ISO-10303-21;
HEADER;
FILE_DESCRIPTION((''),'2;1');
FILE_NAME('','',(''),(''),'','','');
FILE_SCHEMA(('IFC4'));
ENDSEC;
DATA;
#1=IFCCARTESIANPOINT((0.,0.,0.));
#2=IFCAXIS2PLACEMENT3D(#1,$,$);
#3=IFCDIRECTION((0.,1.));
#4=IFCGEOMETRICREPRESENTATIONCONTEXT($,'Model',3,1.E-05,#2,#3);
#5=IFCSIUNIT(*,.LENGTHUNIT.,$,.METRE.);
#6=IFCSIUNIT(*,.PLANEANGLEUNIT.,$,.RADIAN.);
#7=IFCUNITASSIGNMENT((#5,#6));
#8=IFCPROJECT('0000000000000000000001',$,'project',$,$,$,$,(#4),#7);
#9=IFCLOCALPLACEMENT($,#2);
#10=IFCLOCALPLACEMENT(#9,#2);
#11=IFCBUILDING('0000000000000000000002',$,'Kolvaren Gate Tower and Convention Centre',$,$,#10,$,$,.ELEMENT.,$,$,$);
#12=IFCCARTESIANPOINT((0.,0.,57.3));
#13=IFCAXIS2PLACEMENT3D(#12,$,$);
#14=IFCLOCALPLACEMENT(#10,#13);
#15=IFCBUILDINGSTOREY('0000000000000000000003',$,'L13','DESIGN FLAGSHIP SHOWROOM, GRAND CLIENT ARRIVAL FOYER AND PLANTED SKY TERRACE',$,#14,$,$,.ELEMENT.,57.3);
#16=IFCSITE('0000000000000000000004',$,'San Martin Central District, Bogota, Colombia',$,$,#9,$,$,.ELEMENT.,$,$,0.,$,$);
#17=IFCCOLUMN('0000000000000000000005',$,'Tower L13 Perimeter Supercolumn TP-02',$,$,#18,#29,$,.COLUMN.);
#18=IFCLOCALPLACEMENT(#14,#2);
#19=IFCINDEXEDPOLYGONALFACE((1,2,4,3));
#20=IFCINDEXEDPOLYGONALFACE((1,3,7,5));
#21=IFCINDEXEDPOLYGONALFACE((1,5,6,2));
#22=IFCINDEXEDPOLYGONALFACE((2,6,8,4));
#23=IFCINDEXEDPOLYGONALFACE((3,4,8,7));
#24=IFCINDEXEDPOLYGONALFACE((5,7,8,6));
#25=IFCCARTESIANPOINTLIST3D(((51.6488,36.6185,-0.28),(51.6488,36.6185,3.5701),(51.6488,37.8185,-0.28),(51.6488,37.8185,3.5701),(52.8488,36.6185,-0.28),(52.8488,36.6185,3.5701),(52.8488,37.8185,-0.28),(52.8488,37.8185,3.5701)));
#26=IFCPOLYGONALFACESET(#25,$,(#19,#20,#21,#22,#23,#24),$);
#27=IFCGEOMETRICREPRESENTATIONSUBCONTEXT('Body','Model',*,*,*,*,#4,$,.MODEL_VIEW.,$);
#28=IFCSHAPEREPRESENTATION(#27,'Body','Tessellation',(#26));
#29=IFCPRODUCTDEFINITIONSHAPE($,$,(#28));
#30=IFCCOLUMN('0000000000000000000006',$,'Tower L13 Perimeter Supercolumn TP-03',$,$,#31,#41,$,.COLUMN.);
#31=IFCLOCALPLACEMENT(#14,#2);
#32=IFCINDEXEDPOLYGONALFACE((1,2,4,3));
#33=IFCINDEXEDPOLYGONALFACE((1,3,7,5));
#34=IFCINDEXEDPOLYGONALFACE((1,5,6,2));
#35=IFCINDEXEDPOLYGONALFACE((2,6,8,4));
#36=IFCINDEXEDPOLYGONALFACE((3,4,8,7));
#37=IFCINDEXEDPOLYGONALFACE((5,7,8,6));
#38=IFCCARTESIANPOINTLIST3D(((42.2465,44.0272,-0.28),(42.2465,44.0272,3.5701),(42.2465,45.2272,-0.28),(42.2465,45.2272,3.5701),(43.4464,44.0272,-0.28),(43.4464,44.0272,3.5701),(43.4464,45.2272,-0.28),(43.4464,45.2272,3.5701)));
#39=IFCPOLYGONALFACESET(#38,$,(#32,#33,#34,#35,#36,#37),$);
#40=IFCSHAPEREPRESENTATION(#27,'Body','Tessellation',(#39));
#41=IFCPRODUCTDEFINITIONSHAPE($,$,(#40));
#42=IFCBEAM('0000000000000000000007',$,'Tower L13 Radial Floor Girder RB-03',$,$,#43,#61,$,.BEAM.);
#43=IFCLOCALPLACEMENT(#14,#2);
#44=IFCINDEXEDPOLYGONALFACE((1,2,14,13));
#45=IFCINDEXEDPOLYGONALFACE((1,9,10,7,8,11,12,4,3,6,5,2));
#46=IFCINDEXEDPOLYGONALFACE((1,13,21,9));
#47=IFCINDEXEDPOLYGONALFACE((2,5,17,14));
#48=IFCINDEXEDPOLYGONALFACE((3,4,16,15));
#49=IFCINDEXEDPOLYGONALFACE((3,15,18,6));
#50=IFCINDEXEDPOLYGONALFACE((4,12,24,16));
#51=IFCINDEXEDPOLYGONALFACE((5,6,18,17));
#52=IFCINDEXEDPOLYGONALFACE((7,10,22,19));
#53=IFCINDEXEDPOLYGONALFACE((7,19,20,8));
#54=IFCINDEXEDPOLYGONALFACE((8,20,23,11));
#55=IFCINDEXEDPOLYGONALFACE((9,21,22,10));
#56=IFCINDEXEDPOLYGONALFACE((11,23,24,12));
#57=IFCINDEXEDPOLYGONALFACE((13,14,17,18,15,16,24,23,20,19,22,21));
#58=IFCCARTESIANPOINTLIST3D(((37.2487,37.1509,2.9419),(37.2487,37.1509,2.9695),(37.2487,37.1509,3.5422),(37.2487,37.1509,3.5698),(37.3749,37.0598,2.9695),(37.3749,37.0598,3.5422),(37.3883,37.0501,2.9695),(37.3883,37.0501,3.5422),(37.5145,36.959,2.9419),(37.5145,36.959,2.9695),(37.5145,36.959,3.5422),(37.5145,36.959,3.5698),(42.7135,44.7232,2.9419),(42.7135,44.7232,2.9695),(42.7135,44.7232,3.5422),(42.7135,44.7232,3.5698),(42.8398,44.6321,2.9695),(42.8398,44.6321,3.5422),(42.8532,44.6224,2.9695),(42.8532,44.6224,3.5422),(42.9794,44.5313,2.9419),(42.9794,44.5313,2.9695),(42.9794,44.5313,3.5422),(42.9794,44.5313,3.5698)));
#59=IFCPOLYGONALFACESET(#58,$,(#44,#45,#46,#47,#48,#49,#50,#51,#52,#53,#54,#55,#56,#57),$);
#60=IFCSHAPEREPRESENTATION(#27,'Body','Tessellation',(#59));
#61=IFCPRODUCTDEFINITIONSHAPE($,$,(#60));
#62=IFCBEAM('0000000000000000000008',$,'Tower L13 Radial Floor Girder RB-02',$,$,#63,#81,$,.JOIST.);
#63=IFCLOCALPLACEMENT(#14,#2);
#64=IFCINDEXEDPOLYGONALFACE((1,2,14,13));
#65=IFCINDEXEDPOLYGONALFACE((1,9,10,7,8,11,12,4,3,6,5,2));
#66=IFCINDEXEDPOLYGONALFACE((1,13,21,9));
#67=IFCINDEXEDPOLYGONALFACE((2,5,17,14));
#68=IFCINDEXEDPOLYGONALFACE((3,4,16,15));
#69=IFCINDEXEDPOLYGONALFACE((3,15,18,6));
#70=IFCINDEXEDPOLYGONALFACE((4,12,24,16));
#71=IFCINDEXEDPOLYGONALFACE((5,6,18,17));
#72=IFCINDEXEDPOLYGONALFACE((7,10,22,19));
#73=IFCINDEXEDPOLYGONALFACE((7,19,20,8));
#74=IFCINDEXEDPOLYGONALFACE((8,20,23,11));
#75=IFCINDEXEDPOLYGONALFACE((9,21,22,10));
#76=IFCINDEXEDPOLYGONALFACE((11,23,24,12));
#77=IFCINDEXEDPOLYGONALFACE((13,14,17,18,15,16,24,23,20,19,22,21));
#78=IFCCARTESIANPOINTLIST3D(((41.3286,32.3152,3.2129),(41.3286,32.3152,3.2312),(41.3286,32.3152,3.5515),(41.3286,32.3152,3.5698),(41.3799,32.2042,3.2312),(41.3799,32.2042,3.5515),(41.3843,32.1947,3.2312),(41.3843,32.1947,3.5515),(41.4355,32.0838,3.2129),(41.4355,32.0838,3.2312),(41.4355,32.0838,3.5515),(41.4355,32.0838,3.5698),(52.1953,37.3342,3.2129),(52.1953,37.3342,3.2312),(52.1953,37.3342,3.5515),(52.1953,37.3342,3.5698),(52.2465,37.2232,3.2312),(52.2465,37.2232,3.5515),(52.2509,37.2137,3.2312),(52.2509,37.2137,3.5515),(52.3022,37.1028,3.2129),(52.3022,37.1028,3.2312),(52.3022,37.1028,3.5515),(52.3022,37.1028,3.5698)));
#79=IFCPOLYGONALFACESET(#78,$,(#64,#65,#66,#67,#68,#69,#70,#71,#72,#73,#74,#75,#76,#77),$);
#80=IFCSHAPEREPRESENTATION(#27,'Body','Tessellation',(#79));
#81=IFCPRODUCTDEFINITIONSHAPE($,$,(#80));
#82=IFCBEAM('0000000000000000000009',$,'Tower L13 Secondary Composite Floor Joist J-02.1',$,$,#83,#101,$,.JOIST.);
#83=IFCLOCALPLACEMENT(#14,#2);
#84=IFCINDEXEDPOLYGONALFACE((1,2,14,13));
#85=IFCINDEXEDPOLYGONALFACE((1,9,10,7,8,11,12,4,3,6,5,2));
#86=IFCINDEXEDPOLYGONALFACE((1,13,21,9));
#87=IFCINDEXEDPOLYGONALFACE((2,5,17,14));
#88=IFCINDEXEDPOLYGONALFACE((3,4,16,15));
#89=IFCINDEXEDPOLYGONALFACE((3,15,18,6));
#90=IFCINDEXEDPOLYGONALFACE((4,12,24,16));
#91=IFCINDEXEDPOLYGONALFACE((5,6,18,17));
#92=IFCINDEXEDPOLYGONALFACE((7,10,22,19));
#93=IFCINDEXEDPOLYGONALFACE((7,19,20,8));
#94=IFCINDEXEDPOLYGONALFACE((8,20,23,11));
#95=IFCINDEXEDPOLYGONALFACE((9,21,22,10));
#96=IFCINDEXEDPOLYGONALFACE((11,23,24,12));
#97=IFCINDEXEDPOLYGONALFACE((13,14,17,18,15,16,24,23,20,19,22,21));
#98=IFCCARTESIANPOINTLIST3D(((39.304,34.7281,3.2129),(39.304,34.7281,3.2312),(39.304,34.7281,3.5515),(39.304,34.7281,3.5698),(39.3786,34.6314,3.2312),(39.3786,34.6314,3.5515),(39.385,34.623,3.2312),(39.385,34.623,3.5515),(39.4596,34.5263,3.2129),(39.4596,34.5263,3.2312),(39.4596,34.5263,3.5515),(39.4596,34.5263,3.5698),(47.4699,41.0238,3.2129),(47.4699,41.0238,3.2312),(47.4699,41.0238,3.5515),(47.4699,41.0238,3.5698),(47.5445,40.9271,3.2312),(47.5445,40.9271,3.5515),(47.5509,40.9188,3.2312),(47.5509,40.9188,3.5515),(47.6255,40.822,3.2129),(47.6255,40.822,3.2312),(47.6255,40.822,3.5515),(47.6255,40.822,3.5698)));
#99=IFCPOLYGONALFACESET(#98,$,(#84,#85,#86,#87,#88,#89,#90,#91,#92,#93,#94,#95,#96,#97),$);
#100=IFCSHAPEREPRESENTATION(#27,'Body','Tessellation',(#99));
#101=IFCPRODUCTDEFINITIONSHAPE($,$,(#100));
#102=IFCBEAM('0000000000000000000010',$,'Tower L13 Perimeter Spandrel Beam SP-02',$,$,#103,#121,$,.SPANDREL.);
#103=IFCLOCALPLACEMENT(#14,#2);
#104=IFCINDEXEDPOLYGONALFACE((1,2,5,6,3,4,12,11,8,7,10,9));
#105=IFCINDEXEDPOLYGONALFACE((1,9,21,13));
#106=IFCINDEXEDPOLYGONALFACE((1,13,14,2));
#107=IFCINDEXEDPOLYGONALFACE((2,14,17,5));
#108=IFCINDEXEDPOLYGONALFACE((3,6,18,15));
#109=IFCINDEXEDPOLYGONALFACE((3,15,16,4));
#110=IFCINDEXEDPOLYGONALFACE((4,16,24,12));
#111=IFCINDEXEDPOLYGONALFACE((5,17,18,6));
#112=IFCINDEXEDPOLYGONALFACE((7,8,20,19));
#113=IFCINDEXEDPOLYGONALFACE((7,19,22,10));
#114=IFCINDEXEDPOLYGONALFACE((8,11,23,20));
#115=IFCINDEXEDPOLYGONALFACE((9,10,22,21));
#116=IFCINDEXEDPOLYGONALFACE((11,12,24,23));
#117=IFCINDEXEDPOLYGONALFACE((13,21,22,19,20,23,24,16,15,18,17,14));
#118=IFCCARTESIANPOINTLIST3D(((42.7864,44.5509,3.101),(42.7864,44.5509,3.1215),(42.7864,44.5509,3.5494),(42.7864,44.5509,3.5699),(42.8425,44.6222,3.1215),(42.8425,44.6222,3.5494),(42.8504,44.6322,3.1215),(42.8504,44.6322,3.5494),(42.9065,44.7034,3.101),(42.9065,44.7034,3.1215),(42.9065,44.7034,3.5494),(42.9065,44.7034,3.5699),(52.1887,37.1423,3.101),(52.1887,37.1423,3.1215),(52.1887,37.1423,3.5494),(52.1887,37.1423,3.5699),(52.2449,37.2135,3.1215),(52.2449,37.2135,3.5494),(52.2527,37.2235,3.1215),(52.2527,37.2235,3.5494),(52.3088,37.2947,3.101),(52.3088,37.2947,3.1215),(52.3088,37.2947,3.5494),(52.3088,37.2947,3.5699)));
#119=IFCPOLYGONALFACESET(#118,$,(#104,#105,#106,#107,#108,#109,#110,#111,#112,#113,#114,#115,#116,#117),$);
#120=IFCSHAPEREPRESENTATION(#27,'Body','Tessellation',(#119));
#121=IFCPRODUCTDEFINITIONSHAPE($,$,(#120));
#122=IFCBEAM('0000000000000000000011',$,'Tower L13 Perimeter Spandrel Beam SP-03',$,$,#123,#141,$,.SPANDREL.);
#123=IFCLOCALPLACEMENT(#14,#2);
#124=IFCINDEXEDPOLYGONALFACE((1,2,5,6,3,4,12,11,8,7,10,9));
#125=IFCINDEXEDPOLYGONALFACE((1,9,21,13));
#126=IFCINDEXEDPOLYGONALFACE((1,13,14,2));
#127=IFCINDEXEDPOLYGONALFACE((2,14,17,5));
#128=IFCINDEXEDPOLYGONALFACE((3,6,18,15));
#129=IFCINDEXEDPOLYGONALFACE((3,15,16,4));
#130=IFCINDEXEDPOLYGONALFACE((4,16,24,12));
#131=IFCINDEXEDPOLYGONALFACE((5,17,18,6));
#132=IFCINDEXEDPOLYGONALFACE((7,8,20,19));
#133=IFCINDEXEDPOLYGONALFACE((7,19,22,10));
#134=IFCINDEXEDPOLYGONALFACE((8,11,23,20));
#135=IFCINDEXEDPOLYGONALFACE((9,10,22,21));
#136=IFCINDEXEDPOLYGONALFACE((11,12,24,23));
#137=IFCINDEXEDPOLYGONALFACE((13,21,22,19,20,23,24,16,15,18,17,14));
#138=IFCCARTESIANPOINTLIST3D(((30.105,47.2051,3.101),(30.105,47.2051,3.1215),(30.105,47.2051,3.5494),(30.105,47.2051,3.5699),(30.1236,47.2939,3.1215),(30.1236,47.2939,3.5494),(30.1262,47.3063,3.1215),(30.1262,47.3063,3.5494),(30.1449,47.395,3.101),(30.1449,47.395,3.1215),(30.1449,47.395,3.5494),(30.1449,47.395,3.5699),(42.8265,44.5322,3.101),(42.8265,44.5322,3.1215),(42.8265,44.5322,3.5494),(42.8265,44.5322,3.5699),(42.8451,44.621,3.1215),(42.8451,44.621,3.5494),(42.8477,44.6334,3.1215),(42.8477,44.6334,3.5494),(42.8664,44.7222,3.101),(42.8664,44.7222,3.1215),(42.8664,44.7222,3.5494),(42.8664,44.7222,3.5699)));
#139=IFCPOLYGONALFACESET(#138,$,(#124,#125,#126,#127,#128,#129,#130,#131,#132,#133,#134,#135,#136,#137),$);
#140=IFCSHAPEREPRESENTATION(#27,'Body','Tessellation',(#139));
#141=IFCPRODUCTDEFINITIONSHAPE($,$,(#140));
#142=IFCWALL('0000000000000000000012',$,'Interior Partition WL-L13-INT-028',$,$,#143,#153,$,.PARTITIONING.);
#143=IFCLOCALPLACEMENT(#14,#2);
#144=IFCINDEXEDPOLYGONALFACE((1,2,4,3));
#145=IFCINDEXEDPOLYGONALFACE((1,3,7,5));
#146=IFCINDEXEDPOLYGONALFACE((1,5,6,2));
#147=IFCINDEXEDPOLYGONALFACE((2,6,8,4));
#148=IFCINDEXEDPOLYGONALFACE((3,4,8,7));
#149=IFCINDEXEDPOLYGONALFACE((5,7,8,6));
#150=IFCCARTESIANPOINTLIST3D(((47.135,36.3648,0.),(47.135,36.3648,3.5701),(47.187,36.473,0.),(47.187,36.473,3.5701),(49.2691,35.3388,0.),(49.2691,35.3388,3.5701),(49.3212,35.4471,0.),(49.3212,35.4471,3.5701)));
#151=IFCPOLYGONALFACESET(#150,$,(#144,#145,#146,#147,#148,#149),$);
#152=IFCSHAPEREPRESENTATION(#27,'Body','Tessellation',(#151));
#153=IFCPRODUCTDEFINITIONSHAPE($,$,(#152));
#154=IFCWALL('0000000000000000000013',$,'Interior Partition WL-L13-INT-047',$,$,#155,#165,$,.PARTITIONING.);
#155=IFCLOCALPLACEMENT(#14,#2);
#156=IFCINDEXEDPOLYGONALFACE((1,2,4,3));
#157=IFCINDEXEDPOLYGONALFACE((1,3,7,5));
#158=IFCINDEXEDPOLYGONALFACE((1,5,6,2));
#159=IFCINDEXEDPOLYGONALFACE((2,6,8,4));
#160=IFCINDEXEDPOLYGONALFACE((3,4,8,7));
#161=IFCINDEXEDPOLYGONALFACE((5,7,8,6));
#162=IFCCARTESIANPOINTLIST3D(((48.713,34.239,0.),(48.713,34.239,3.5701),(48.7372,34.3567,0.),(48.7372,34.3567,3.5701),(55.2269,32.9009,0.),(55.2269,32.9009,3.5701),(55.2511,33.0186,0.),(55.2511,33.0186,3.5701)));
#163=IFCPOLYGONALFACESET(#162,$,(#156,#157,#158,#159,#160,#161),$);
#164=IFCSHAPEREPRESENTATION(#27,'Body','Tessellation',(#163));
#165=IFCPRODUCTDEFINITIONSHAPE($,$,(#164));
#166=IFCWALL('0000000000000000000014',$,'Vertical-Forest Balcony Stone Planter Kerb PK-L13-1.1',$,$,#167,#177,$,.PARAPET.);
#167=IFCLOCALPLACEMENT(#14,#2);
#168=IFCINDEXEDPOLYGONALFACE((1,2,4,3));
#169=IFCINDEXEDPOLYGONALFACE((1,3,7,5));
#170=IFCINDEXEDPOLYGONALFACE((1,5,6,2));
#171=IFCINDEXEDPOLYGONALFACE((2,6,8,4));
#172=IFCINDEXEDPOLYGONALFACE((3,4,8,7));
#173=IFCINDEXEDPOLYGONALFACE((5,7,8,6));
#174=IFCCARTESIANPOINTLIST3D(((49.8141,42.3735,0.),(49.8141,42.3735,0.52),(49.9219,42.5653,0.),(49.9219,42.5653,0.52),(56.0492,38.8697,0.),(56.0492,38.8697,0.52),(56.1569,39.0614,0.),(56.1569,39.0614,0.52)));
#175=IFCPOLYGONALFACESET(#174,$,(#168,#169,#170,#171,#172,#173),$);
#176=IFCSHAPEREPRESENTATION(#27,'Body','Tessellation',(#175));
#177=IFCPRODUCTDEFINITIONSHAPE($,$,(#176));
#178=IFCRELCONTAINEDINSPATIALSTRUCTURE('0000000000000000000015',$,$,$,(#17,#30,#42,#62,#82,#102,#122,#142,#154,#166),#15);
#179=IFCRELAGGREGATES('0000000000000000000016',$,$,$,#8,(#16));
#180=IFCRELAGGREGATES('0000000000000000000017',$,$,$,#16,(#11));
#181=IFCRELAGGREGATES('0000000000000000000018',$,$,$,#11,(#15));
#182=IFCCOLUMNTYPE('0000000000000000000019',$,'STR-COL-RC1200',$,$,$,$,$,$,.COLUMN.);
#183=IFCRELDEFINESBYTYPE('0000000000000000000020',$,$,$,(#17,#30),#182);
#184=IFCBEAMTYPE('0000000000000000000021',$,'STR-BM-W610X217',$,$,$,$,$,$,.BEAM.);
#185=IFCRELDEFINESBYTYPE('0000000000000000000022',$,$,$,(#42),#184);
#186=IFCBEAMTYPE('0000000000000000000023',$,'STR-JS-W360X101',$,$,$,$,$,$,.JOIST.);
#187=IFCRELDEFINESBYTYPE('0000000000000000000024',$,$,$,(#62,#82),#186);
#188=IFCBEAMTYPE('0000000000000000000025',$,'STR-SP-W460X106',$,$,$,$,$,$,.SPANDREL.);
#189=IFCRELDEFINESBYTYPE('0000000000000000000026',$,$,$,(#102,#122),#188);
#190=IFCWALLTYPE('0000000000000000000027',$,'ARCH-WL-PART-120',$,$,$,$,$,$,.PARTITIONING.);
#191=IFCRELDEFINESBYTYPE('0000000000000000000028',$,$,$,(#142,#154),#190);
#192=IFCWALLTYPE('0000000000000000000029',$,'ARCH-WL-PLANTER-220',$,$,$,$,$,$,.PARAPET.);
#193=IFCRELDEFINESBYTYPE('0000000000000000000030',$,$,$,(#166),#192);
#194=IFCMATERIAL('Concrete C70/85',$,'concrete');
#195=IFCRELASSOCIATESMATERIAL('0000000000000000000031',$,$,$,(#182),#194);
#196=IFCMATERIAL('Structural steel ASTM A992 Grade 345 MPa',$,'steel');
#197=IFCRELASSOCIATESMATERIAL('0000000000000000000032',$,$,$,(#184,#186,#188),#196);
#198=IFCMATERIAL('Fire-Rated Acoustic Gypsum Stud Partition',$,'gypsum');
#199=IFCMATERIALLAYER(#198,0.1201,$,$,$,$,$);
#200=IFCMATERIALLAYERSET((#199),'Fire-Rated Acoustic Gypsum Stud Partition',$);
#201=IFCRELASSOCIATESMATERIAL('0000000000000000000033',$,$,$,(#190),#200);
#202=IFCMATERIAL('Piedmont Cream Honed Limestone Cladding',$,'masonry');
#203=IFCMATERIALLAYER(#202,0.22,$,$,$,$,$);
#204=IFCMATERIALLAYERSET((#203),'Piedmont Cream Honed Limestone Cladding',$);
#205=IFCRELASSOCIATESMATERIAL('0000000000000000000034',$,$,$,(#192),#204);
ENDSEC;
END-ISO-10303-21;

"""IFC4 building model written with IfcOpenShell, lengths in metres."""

from ifc_helpers import new_model, si_unit, direction, frame, frame_2d, origin, origin_2d, place, context, subcontext, project, spatial, rectangle, i_section, extrude, material, layer, layer_set, material_profile, profile_set, type_object, element, save


model = new_model("IFC4")

# Units and contexts
model_context = context("Model", 3, precision=1e-05, world=origin(), true_north=direction((0.0, 1.0)))
body_context = subcontext(model_context, "Body", "Model", "MODEL_VIEW")
ifc_project = project(units=[si_unit("LENGTHUNIT", "METRE"), si_unit("PLANEANGLEUNIT", "RADIAN")], contexts=[model_context])

# Site, building, storey
site_placement = place(None, origin())
site = spatial("IfcSite", under=ifc_project, at=site_placement, Name="San Martin Central District, Bogota, Colombia", CompositionType="ELEMENT", RefElevation=0.0)
building_placement = place(site_placement, origin())
building = spatial("IfcBuilding", under=site, at=building_placement, Name="Kolvaren Gate Tower and Convention Centre", CompositionType="ELEMENT")
storey_placement = place(building_placement, frame((0.0, 0.0, 57.3)))
storey = spatial("IfcBuildingStorey", under=building, at=storey_placement, Name="L13", Description="DESIGN FLAGSHIP SHOWROOM, GRAND CLIENT ARRIVAL FOYER AND PLANTED SKY TERRACE", CompositionType="ELEMENT", Elevation=57.3)

# Columns
ifc_material_1 = material(Name="Concrete C70/85", Category="concrete")
ifc_material_profile_1 = material_profile(ifc_material_1, rectangle(XDim=1.2, YDim=1.2, at=origin_2d()), Name="RC-COL-1200X1200")
ifc_profile_set_1 = profile_set([ifc_material_profile_1], Name="Concrete C70/85")
column_type = type_object("IfcColumnType", Name="STR-COL-RC1200", PredefinedType="COLUMN", material=ifc_profile_set_1)
for number, where, z_axis, x_axis, name in (
    (1, (52.2488, 37.2185, -0.28), (0.0, 0.0, 1.0), (1.0, 0.0, 0.0), "Tower L13 Perimeter Supercolumn TP-02"),
    (2, (42.8464, 44.6272, -0.28), (0.0, 0.0, 1.0), (1.0, 0.0, 0.0), "Tower L13 Perimeter Supercolumn TP-03"),
):
    element("IfcColumn", number, at=place(storey_placement, frame(where, z_axis=z_axis, x_axis=x_axis)), inside=storey, type_object=column_type, Name=name, PredefinedType="COLUMN", context=body_context, shape_type="SweptSolid", body=[
        extrude(rectangle(XDim=1.2, YDim=1.2, at=origin_2d()), origin(), (0.0, 0.0, 1.0), 3.8501),
    ])

# Beams
ifc_material_2 = material(Name="Structural steel ASTM A992 Grade 345 MPa", Category="steel")
ifc_material_profile_2 = material_profile(ifc_material_2, i_section(OverallWidth=0.3279, OverallDepth=0.6279, WebThickness=0.0166, FlangeThickness=0.0276, at=origin_2d()), Name="W610X217")
ifc_profile_set_2 = profile_set([ifc_material_profile_2], Name="Structural steel ASTM A992 Grade 345 MPa")
beam_type_1 = type_object("IfcBeamType", Name="STR-BM-W610X217", PredefinedType="BEAM", material=ifc_profile_set_2)
beam_1_placement = place(storey_placement, frame((37.3816, 37.0549, 3.2559), z_axis=(0.585208, 0.810883, 0.0), x_axis=(-0.810883, 0.585208, 0.0)))
element("IfcBeam", 3, at=beam_1_placement, inside=storey, type_object=beam_type_1, Name="Tower L13 Radial Floor Girder RB-03", PredefinedType="BEAM", context=body_context, shape_type="SweptSolid", body=[
    extrude(i_section(OverallWidth=0.3279, OverallDepth=0.6279, WebThickness=0.0166, FlangeThickness=0.0276, at=origin_2d()), origin(), (0.0, 0.0, 1.0), 9.3384),
])
ifc_material_profile_3 = material_profile(ifc_material_2, i_section(OverallWidth=0.2549, OverallDepth=0.3569, WebThickness=0.0105, FlangeThickness=0.0183, at=origin_2d()), Name="W360X101")
ifc_profile_set_3 = profile_set([ifc_material_profile_3], Name="Structural steel ASTM A992 Grade 345 MPa")
beam_type_2 = type_object("IfcBeamType", Name="STR-JS-W360X101", PredefinedType="JOIST", material=ifc_profile_set_3)
beam_2_placement = place(storey_placement, frame((41.3821, 32.1995, 3.3914), z_axis=(0.907844, 0.419309, 0.0), x_axis=(-0.419309, 0.907844, 0.0)))
element("IfcBeam", 4, at=beam_2_placement, inside=storey, type_object=beam_type_2, Name="Tower L13 Radial Floor Girder RB-02", PredefinedType="JOIST", context=body_context, shape_type="SweptSolid", body=[
    extrude(i_section(OverallWidth=0.2549, OverallDepth=0.3569, WebThickness=0.0105, FlangeThickness=0.0183, at=origin_2d()), origin(), (0.0, 0.0, 1.0), 11.9697),
])
beam_3_placement = place(storey_placement, frame((39.3818, 34.6272, 3.3914), z_axis=(0.791954, 0.610581, 0.0), x_axis=(-0.610581, 0.791954, 0.0)))
element("IfcBeam", 5, at=beam_3_placement, inside=storey, type_object=beam_type_2, Name="Tower L13 Secondary Composite Floor Joist J-02.1", PredefinedType="JOIST", context=body_context, shape_type="SweptSolid", body=[
    extrude(i_section(OverallWidth=0.2549, OverallDepth=0.3569, WebThickness=0.0105, FlangeThickness=0.0183, at=origin_2d()), origin(), (0.0, 0.0, 1.0), 10.311),
])
ifc_material_profile_4 = material_profile(ifc_material_2, i_section(OverallWidth=0.1941, OverallDepth=0.469, WebThickness=0.0127, FlangeThickness=0.0205, at=origin_2d()), Name="W460X106")
ifc_profile_set_4 = profile_set([ifc_material_profile_4], Name="Structural steel ASTM A992 Grade 345 MPa")
beam_type_3 = type_object("IfcBeamType", Name="STR-SP-W460X106", PredefinedType="SPANDREL", material=ifc_profile_set_4)
beam_4_placement = place(storey_placement, frame((52.2488, 37.2185, 3.3354), z_axis=(-0.78546, 0.618913, 0.0), x_axis=(-0.618913, -0.78546, 0.0)))
element("IfcBeam", 6, at=beam_4_placement, inside=storey, type_object=beam_type_3, Name="Tower L13 Perimeter Spandrel Beam SP-02", PredefinedType="SPANDREL", context=body_context, shape_type="SweptSolid", body=[
    extrude(i_section(OverallWidth=0.1941, OverallDepth=0.469, WebThickness=0.0127, FlangeThickness=0.0205, at=origin_2d()), origin(), (0.0, 0.0, 1.0), 11.9705),
])
beam_5_placement = place(storey_placement, frame((42.8464, 44.6272, 3.3354), z_axis=(-0.978633, 0.205617, 0.0), x_axis=(-0.205617, -0.978633, 0.0)))
element("IfcBeam", 7, at=beam_5_placement, inside=storey, type_object=beam_type_3, Name="Tower L13 Perimeter Spandrel Beam SP-03", PredefinedType="SPANDREL", context=body_context, shape_type="SweptSolid", body=[
    extrude(i_section(OverallWidth=0.1941, OverallDepth=0.469, WebThickness=0.0127, FlangeThickness=0.0205, at=origin_2d()), origin(), (0.0, 0.0, 1.0), 12.9993),
])

# Walls
ifc_material_3 = material(Name="Fire-Rated Acoustic Gypsum Stud Partition", Category="gypsum")
ifc_layer_1 = layer(ifc_material_3, 0.1201)
ifc_layer_set_1 = layer_set([ifc_layer_1], Name="Fire-Rated Acoustic Gypsum Stud Partition")
wall_type_1 = type_object("IfcWallType", Name="ARCH-WL-PART-120", PredefinedType="PARTITIONING", material=ifc_layer_set_1)
wall_1_placement = place(storey_placement, frame((47.1609, 36.4189, 0.0), z_axis=(0.0, 0.0, 1.0), x_axis=(0.901269, -0.433261, 0.0)))
element("IfcWall", 8, at=wall_1_placement, inside=storey, type_object=wall_type_1, Name="Interior Partition WL-L13-INT-028", PredefinedType="PARTITIONING", context=body_context, shape_type="SweptSolid", body=[
    extrude(rectangle(XDim=2.3679, YDim=0.1201, at=frame_2d((1.1841, 0.0))), origin(), (0.0, 0.0, 1.0), 3.5701),
])
wall_2_placement = place(storey_placement, frame((48.7251, 34.2979, 0.0), z_axis=(0.0, 0.0, 1.0), x_axis=(0.979545, -0.201225, 0.0)))
element("IfcWall", 9, at=wall_2_placement, inside=storey, type_object=wall_type_1, Name="Interior Partition WL-L13-INT-047", PredefinedType="PARTITIONING", context=body_context, shape_type="SweptSolid", body=[
    extrude(rectangle(XDim=6.6499, YDim=0.1201, at=frame_2d((3.325, 0.0))), origin(), (0.0, 0.0, 1.0), 3.5701),
])
ifc_material_4 = material(Name="Piedmont Cream Honed Limestone Cladding", Category="masonry")
ifc_layer_2 = layer(ifc_material_4, 0.22)
ifc_layer_set_2 = layer_set([ifc_layer_2], Name="Piedmont Cream Honed Limestone Cladding")
wall_type_2 = type_object("IfcWallType", Name="ARCH-WL-PLANTER-220", PredefinedType="PARAPET", material=ifc_layer_set_2)
wall_3_placement = place(storey_placement, frame((49.8679, 42.4695, 0.0), z_axis=(0.0, 0.0, 1.0), x_axis=(0.871775, -0.489906, 0.0)))
element("IfcWall", 10, at=wall_3_placement, inside=storey, type_object=wall_type_2, Name="Vertical-Forest Balcony Stone Planter Kerb PK-L13-1.1", PredefinedType="PARAPET", context=body_context, shape_type="SweptSolid", body=[
    extrude(rectangle(XDim=7.1521, YDim=0.22, at=frame_2d((3.5762, 0.0))), origin(), (0.0, 0.0, 1.0), 0.52),
])

save(model, "model.ifc")
